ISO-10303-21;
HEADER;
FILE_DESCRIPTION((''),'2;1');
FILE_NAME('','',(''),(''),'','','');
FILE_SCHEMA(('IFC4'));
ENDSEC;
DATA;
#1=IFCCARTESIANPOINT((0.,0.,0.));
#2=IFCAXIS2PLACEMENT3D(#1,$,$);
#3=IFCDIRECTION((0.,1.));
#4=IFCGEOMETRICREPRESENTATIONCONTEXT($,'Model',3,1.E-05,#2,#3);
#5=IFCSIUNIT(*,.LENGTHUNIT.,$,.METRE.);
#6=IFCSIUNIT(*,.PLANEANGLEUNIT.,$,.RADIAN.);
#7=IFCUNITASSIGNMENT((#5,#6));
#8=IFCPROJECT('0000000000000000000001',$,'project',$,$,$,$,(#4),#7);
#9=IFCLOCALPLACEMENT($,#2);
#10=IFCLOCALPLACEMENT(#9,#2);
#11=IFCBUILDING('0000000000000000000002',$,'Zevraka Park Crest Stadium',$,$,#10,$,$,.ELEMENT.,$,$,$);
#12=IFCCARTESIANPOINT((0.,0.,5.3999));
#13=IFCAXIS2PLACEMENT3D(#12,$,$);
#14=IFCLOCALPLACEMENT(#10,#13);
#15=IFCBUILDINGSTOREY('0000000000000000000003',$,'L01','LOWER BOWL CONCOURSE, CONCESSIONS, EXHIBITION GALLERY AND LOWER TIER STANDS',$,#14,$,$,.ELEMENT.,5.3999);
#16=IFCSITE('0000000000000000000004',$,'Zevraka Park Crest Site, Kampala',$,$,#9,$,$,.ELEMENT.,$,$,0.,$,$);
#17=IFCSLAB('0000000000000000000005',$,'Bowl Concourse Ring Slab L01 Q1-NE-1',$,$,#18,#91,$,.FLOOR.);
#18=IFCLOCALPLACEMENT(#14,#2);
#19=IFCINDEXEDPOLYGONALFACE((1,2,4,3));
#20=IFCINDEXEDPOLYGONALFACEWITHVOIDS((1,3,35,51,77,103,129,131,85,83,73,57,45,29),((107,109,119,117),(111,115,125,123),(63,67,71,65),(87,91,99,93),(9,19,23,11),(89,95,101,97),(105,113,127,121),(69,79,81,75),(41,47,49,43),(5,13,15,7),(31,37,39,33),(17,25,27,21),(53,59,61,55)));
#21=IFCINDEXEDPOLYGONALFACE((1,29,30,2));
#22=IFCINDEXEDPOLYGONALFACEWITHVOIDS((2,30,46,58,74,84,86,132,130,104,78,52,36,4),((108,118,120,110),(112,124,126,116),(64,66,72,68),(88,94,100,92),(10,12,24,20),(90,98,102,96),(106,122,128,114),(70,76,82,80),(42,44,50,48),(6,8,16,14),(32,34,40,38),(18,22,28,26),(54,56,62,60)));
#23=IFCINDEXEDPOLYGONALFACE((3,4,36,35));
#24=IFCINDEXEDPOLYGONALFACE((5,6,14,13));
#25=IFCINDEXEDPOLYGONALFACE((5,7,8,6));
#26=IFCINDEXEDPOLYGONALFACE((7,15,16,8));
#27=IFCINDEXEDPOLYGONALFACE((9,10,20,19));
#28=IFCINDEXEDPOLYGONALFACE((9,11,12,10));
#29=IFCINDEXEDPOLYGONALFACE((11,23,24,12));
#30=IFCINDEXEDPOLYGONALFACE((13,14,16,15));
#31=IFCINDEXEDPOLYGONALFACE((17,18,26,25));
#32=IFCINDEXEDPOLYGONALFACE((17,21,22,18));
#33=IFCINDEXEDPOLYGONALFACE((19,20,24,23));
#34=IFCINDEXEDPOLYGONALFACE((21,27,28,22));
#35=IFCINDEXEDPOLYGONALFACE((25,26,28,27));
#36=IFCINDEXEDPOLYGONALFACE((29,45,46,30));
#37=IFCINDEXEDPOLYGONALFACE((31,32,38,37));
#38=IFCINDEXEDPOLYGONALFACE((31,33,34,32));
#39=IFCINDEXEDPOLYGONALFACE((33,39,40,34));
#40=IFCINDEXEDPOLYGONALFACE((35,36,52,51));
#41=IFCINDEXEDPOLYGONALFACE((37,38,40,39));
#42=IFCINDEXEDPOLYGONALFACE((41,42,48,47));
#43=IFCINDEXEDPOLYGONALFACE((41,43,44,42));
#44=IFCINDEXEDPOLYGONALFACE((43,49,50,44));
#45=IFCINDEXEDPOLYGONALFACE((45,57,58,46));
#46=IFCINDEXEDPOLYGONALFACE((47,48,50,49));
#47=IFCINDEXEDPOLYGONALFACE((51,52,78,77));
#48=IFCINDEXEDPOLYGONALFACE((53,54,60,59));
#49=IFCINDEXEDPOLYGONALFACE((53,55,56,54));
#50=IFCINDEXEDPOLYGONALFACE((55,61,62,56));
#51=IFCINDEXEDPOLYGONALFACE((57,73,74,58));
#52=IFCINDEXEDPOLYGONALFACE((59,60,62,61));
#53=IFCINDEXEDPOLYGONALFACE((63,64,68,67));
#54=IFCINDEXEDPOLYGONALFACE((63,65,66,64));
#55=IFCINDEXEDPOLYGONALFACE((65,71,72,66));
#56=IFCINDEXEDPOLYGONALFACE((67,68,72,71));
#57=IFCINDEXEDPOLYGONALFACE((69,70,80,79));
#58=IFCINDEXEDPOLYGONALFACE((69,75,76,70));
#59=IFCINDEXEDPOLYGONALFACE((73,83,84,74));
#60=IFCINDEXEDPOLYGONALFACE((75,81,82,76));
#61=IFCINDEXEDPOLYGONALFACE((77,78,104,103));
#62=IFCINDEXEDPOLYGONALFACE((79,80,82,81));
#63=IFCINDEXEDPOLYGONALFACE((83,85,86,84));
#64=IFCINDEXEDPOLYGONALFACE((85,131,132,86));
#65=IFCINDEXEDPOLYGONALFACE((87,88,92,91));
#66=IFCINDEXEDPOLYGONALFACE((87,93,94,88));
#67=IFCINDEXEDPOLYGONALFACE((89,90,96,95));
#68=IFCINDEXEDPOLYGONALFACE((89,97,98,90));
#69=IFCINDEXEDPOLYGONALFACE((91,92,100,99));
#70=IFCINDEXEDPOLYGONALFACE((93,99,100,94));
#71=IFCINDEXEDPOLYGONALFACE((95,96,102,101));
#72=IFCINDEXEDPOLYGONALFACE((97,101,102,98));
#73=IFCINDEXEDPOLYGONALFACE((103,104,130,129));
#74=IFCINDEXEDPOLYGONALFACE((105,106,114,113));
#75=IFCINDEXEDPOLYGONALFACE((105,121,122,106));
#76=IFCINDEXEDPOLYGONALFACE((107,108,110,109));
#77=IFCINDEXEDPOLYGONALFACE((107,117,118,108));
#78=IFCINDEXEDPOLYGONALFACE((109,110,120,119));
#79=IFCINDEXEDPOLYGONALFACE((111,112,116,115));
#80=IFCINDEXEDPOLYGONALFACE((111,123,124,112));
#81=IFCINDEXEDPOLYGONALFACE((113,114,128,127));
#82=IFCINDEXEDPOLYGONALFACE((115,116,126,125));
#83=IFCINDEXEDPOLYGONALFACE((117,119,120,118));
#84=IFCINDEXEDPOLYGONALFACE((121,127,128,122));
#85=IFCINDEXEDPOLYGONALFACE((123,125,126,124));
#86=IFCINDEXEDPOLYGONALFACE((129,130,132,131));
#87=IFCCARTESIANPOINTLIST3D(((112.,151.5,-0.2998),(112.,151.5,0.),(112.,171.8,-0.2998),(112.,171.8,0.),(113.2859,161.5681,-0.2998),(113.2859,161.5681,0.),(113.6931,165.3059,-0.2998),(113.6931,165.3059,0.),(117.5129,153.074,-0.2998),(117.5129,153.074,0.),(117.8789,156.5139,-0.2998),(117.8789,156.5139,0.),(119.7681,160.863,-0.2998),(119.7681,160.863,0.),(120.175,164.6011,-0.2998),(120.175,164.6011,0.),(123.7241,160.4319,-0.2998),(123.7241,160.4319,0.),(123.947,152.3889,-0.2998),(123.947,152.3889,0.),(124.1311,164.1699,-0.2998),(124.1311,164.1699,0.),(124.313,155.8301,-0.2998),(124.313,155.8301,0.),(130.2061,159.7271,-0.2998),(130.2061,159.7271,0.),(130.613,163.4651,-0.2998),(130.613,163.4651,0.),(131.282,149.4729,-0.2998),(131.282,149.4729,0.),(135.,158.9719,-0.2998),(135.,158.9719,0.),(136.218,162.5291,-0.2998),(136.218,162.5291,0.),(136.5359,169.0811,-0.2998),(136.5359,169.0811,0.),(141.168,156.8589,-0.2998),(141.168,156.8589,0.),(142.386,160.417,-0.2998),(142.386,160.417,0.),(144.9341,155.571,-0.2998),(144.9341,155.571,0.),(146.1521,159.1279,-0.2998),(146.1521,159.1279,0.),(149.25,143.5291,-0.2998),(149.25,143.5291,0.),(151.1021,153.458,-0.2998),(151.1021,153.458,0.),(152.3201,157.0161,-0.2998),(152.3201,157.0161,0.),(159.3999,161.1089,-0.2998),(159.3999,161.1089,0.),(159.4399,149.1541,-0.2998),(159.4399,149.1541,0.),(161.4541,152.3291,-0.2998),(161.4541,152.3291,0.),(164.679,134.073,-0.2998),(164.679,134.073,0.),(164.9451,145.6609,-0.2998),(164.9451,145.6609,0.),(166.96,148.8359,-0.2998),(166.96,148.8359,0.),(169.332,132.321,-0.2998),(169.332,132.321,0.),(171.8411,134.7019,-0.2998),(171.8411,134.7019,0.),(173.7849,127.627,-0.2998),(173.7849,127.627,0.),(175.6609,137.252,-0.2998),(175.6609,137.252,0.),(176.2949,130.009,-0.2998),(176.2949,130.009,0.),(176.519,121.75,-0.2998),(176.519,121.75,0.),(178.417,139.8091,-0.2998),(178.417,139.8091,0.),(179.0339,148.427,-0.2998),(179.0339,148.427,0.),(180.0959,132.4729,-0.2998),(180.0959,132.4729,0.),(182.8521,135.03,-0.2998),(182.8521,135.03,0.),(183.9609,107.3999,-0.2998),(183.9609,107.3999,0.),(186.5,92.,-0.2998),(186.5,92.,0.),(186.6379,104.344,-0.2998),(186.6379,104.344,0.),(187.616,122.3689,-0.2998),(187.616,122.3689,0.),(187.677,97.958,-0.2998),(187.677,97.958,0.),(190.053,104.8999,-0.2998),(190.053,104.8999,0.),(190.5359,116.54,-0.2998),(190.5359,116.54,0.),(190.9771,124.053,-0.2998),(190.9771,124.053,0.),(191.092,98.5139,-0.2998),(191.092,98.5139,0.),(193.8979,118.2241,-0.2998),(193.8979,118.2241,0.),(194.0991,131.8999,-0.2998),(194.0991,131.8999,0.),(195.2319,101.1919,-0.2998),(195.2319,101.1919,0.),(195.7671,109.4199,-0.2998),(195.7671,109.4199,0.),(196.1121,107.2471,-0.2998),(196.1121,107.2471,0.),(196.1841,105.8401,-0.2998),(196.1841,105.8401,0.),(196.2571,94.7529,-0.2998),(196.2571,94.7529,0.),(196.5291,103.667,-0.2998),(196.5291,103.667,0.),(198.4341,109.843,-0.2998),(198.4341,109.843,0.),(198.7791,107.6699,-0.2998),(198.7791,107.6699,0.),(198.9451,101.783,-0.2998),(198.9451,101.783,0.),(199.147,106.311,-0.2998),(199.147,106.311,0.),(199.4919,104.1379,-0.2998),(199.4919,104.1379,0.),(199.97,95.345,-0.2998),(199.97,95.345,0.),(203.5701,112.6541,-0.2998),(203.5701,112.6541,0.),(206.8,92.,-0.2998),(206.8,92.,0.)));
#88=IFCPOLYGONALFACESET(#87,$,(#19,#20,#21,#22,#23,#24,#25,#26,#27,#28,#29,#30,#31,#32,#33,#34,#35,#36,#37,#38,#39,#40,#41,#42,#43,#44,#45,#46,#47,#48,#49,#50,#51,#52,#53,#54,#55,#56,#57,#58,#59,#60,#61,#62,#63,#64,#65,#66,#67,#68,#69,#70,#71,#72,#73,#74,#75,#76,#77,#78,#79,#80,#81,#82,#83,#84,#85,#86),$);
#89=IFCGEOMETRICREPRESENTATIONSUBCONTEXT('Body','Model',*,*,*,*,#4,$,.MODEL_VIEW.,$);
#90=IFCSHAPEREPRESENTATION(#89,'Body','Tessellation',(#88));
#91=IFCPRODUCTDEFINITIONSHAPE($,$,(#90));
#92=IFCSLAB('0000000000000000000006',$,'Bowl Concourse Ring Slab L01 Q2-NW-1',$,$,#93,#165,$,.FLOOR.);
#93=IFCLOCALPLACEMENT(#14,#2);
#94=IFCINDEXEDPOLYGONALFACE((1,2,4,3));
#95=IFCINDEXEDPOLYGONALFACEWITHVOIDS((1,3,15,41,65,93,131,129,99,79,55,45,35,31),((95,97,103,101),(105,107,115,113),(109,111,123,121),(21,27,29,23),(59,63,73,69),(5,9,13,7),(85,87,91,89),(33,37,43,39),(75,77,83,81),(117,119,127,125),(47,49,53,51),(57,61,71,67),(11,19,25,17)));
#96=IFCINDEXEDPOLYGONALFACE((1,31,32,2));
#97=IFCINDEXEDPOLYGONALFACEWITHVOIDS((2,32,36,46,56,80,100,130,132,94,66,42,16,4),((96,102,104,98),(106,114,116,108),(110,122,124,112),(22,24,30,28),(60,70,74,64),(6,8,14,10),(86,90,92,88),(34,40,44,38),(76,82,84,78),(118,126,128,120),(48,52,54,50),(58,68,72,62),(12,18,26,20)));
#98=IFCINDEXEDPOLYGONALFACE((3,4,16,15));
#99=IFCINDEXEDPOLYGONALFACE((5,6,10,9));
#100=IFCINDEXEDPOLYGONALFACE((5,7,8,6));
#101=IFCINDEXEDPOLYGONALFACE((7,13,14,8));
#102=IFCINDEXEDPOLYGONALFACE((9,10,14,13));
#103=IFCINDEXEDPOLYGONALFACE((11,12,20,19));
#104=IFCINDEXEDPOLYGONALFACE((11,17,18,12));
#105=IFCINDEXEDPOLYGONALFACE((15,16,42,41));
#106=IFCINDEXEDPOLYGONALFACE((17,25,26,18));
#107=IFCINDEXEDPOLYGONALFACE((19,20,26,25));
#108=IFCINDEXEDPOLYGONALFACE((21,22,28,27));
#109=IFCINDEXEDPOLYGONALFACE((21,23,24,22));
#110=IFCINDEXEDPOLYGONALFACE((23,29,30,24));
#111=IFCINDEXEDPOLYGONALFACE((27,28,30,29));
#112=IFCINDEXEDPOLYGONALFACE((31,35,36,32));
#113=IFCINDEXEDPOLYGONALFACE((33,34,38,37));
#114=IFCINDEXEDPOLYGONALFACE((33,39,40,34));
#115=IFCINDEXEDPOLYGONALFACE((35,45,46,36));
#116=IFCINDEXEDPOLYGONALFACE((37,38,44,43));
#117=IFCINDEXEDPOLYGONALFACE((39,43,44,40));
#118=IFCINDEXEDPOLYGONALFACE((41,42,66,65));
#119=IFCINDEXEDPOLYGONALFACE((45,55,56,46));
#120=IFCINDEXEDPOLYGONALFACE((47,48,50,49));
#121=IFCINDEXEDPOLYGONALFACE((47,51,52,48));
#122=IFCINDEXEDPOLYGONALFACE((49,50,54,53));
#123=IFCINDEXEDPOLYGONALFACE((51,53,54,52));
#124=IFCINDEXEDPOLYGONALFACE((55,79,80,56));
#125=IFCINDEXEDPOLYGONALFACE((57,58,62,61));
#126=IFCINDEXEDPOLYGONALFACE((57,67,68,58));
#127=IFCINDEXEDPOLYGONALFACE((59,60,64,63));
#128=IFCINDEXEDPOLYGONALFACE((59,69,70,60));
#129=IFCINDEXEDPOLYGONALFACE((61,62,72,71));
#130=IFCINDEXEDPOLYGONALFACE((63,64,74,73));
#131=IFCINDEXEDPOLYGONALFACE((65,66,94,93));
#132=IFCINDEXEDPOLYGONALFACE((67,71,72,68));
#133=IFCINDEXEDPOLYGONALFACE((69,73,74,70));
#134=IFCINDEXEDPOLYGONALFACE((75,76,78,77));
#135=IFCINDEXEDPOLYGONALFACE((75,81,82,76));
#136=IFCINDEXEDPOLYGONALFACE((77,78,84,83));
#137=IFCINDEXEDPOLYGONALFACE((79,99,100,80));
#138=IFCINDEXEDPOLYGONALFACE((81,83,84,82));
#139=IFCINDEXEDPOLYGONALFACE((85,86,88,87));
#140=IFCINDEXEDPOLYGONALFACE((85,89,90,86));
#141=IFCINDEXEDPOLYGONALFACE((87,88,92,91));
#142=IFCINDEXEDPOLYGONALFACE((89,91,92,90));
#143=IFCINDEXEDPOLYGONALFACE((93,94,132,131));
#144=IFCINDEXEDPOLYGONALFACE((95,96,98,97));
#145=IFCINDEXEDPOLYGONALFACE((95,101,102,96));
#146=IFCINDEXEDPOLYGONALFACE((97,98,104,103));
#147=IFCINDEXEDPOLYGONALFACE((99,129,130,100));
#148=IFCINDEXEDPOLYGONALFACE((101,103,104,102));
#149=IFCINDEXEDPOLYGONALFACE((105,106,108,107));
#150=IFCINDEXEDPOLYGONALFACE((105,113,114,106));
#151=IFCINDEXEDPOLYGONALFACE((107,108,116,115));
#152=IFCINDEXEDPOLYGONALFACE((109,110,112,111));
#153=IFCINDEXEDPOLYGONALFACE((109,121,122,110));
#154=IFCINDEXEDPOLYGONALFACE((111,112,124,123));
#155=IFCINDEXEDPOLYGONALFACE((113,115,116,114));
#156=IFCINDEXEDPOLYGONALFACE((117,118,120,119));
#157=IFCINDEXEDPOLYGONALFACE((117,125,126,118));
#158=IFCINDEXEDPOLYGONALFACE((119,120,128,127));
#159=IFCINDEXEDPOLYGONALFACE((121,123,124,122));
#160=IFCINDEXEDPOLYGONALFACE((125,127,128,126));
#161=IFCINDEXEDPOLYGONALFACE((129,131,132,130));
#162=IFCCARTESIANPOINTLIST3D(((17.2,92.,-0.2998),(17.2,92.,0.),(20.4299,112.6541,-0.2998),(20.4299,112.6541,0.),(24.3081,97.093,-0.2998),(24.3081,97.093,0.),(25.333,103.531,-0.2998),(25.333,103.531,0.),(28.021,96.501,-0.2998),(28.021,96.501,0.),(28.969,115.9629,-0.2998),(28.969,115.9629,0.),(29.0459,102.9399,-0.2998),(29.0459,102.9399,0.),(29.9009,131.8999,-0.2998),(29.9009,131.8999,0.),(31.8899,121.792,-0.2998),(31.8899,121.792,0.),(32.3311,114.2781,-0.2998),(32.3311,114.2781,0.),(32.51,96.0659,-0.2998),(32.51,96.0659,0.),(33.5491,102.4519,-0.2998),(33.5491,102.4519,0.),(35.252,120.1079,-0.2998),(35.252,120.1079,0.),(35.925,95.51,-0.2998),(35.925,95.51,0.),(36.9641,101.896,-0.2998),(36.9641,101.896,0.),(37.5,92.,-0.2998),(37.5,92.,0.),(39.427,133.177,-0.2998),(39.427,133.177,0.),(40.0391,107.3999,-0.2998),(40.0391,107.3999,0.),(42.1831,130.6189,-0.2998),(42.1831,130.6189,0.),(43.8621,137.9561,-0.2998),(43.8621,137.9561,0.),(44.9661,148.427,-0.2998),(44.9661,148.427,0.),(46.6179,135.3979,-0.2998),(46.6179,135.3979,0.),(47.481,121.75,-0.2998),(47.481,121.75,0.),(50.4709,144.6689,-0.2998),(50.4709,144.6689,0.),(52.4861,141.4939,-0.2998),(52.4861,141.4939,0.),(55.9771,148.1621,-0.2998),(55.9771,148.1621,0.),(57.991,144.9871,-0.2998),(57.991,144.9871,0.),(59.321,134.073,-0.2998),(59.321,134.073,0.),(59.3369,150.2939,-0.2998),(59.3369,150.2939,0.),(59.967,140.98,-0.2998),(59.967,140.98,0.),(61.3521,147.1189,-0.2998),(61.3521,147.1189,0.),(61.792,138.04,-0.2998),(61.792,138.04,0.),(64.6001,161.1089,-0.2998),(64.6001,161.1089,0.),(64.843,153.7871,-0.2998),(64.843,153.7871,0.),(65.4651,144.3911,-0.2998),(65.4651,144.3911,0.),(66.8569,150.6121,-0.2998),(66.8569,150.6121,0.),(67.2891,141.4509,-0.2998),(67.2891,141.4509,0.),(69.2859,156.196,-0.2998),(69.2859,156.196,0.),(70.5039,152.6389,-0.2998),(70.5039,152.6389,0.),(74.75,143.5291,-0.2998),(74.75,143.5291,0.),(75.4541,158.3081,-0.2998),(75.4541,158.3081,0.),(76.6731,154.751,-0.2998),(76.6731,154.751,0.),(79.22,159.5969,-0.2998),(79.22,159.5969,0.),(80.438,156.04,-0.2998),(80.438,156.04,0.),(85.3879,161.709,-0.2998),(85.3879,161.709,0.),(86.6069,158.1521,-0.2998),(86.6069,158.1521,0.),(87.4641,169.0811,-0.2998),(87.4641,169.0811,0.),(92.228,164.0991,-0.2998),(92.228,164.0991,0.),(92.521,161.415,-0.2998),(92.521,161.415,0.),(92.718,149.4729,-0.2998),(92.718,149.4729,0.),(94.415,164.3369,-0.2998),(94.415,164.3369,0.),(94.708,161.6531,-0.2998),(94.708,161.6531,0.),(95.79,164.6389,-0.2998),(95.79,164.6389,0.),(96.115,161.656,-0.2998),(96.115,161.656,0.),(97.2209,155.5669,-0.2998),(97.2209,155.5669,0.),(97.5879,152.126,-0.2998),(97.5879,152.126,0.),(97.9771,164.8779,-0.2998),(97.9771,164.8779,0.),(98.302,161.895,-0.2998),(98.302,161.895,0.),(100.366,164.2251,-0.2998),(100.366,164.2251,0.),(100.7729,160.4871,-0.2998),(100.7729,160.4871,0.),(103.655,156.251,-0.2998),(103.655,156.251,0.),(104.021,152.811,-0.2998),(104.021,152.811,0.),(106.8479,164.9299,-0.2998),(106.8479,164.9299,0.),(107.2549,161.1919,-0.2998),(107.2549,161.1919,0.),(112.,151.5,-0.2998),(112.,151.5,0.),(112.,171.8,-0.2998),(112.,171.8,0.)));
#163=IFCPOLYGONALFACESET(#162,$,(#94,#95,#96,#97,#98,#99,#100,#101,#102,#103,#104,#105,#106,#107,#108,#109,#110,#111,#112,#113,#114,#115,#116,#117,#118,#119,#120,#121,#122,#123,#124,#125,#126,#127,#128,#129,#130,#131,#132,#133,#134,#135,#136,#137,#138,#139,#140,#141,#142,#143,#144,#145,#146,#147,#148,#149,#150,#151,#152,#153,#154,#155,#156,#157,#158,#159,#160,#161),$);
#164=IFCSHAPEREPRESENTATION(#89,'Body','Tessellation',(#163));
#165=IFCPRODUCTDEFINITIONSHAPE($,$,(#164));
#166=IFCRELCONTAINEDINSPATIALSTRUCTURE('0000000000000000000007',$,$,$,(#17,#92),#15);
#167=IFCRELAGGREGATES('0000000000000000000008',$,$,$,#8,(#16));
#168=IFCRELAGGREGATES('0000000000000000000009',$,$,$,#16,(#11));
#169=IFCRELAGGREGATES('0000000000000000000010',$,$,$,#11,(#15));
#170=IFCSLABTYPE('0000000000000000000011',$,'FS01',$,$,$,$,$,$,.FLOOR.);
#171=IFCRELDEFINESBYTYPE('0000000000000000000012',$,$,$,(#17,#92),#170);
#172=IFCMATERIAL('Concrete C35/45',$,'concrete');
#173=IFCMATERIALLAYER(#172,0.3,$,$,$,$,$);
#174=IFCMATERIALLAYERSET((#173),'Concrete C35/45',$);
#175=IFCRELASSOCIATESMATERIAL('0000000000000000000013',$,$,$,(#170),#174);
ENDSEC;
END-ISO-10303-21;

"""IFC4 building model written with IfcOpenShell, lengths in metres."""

from ifc_helpers import new_model, si_unit, direction, frame, origin, place, context, subcontext, project, spatial, polyline, outline, extrude, material, layer, layer_set, type_object, element, save


model = new_model("IFC4")

# Units and contexts
model_context = context("Model", 3, precision=1e-05, world=origin(), true_north=direction((0.0, 1.0)))
body_context = subcontext(model_context, "Body", "Model", "MODEL_VIEW")
ifc_project = project(units=[si_unit("LENGTHUNIT", "METRE"), si_unit("PLANEANGLEUNIT", "RADIAN")], contexts=[model_context])

# Site, building, storey
site_placement = place(None, origin())
site = spatial("IfcSite", under=ifc_project, at=site_placement, Name="Zevraka Park Crest Site, Kampala", CompositionType="ELEMENT", RefElevation=0.0)
building_placement = place(site_placement, origin())
building = spatial("IfcBuilding", under=site, at=building_placement, Name="Zevraka Park Crest Stadium", CompositionType="ELEMENT")
storey_placement = place(building_placement, frame((0.0, 0.0, 5.3999)))
storey = spatial("IfcBuildingStorey", under=building, at=storey_placement, Name="L01", Description="LOWER BOWL CONCOURSE, CONCESSIONS, EXHIBITION GALLERY AND LOWER TIER STANDS", CompositionType="ELEMENT", Elevation=5.3999)

# Slabs
ifc_material_1 = material(Name="Concrete C35/45", Category="concrete")
ifc_layer_1 = layer(ifc_material_1, 0.3)
ifc_layer_set_1 = layer_set([ifc_layer_1], Name="Concrete C35/45")
slab_type_1 = type_object("IfcSlabType", Name="FS01", PredefinedType="FLOOR", material=ifc_layer_set_1)
slab_1_placement = place(storey_placement, frame((0.0, 0.0, -0.2998)))
element("IfcSlab", 1, at=slab_1_placement, inside=storey, type_object=slab_type_1, Name="Bowl Concourse Ring Slab L01 Q1-NE-1", PredefinedType="FLOOR", context=body_context, shape_type="SweptSolid", body=[
    extrude(outline(polyline([(183.9609, 107.3999), (176.519, 121.75), (164.679, 134.073), (149.25, 143.5291), (131.282, 149.4729), (112.0, 151.5), (112.0, 171.8), (136.5359, 169.0811), (159.3999, 161.1089), (179.0339, 148.427), (194.0991, 131.8999), (203.5701, 112.6541), (206.8, 92.0), (186.5, 92.0), (183.9609, 107.3999)]), holes=[polyline([(169.332, 132.321), (173.7849, 127.627), (176.2949, 130.009), (171.8411, 134.7019), (169.332, 132.321)]), polyline([(161.4541, 152.3291), (159.4399, 149.1541), (164.9451, 145.6609), (166.96, 148.8359), (161.4541, 152.3291)]), polyline([(117.8789, 156.5139), (117.5129, 153.074), (123.947, 152.3889), (124.313, 155.8301), (117.8789, 156.5139)]), polyline([(144.9341, 155.571), (151.1021, 153.458), (152.3201, 157.0161), (146.1521, 159.1279), (144.9341, 155.571)]), polyline([(136.218, 162.5291), (135.0, 158.9719), (141.168, 156.8589), (142.386, 160.417), (136.218, 162.5291)]), polyline([(124.1311, 164.1699), (123.7241, 160.4319), (130.2061, 159.7271), (130.613, 163.4651), (124.1311, 164.1699)]), polyline([(113.2859, 161.5681), (119.7681, 160.863), (120.175, 164.6011), (113.6931, 165.3059), (113.2859, 161.5681)]), polyline([(198.9451, 101.783), (195.2319, 101.1919), (196.2571, 94.7529), (199.97, 95.345), (198.9451, 101.783)]), polyline([(190.053, 104.8999), (186.6379, 104.344), (187.677, 97.958), (191.092, 98.5139), (190.053, 104.8999)]), polyline([(199.147, 106.311), (196.1841, 105.8401), (196.5291, 103.667), (199.4919, 104.1379), (199.147, 106.311)]), polyline([(198.4341, 109.843), (195.7671, 109.4199), (196.1121, 107.2471), (198.7791, 107.6699), (198.4341, 109.843)]), polyline([(190.9771, 124.053), (187.616, 122.3689), (190.5359, 116.54), (193.8979, 118.2241), (190.9771, 124.053)]), polyline([(178.417, 139.8091), (175.6609, 137.252), (180.0959, 132.4729), (182.8521, 135.03), (178.417, 139.8091)])]), origin(), (0.0, 0.0, 1.0), 0.2998),
])
slab_2_placement = place(storey_placement, frame((0.0, 0.0, -0.2998)))
element("IfcSlab", 2, at=slab_2_placement, inside=storey, type_object=slab_type_1, Name="Bowl Concourse Ring Slab L01 Q2-NW-1", PredefinedType="FLOOR", context=body_context, shape_type="SweptSolid", body=[
    extrude(outline(polyline([(92.718, 149.4729), (74.75, 143.5291), (59.321, 134.073), (47.481, 121.75), (40.0391, 107.3999), (37.5, 92.0), (17.2, 92.0), (20.4299, 112.6541), (29.9009, 131.8999), (44.9661, 148.427), (64.6001, 161.1089), (87.4641, 169.0811), (112.0, 171.8), (112.0, 151.5), (92.718, 149.4729)]), holes=[polyline([(35.925, 95.51), (36.9641, 101.896), (33.5491, 102.4519), (32.51, 96.0659), (35.925, 95.51)]), polyline([(24.3081, 97.093), (28.021, 96.501), (29.0459, 102.9399), (25.333, 103.531), (24.3081, 97.093)]), polyline([(28.969, 115.9629), (32.3311, 114.2781), (35.252, 120.1079), (31.8899, 121.792), (28.969, 115.9629)]), polyline([(42.1831, 130.6189), (46.6179, 135.3979), (43.8621, 137.9561), (39.427, 133.177), (42.1831, 130.6189)]), polyline([(59.967, 140.98), (61.792, 138.04), (67.2891, 141.4509), (65.4651, 144.3911), (59.967, 140.98)]), polyline([(50.4709, 144.6689), (52.4861, 141.4939), (57.991, 144.9871), (55.9771, 148.1621), (50.4709, 144.6689)]), polyline([(61.3521, 147.1189), (66.8569, 150.6121), (64.843, 153.7871), (59.3369, 150.2939), (61.3521, 147.1189)]), polyline([(97.2209, 155.5669), (97.5879, 152.126), (104.021, 152.811), (103.655, 156.251), (97.2209, 155.5669)]), polyline([(69.2859, 156.196), (70.5039, 152.6389), (76.6731, 154.751), (75.4541, 158.3081), (69.2859, 156.196)]), polyline([(79.22, 159.5969), (80.438, 156.04), (86.6069, 158.1521), (85.3879, 161.709), (79.22, 159.5969)]), polyline([(100.366, 164.2251), (100.7729, 160.4871), (107.2549, 161.1919), (106.8479, 164.9299), (100.366, 164.2251)]), polyline([(92.228, 164.0991), (92.521, 161.415), (94.708, 161.6531), (94.415, 164.3369), (92.228, 164.0991)]), polyline([(95.79, 164.6389), (96.115, 161.656), (98.302, 161.895), (97.9771, 164.8779), (95.79, 164.6389)])]), origin(), (0.0, 0.0, 1.0), 0.2998),
])

save(model, "model.ifc")
